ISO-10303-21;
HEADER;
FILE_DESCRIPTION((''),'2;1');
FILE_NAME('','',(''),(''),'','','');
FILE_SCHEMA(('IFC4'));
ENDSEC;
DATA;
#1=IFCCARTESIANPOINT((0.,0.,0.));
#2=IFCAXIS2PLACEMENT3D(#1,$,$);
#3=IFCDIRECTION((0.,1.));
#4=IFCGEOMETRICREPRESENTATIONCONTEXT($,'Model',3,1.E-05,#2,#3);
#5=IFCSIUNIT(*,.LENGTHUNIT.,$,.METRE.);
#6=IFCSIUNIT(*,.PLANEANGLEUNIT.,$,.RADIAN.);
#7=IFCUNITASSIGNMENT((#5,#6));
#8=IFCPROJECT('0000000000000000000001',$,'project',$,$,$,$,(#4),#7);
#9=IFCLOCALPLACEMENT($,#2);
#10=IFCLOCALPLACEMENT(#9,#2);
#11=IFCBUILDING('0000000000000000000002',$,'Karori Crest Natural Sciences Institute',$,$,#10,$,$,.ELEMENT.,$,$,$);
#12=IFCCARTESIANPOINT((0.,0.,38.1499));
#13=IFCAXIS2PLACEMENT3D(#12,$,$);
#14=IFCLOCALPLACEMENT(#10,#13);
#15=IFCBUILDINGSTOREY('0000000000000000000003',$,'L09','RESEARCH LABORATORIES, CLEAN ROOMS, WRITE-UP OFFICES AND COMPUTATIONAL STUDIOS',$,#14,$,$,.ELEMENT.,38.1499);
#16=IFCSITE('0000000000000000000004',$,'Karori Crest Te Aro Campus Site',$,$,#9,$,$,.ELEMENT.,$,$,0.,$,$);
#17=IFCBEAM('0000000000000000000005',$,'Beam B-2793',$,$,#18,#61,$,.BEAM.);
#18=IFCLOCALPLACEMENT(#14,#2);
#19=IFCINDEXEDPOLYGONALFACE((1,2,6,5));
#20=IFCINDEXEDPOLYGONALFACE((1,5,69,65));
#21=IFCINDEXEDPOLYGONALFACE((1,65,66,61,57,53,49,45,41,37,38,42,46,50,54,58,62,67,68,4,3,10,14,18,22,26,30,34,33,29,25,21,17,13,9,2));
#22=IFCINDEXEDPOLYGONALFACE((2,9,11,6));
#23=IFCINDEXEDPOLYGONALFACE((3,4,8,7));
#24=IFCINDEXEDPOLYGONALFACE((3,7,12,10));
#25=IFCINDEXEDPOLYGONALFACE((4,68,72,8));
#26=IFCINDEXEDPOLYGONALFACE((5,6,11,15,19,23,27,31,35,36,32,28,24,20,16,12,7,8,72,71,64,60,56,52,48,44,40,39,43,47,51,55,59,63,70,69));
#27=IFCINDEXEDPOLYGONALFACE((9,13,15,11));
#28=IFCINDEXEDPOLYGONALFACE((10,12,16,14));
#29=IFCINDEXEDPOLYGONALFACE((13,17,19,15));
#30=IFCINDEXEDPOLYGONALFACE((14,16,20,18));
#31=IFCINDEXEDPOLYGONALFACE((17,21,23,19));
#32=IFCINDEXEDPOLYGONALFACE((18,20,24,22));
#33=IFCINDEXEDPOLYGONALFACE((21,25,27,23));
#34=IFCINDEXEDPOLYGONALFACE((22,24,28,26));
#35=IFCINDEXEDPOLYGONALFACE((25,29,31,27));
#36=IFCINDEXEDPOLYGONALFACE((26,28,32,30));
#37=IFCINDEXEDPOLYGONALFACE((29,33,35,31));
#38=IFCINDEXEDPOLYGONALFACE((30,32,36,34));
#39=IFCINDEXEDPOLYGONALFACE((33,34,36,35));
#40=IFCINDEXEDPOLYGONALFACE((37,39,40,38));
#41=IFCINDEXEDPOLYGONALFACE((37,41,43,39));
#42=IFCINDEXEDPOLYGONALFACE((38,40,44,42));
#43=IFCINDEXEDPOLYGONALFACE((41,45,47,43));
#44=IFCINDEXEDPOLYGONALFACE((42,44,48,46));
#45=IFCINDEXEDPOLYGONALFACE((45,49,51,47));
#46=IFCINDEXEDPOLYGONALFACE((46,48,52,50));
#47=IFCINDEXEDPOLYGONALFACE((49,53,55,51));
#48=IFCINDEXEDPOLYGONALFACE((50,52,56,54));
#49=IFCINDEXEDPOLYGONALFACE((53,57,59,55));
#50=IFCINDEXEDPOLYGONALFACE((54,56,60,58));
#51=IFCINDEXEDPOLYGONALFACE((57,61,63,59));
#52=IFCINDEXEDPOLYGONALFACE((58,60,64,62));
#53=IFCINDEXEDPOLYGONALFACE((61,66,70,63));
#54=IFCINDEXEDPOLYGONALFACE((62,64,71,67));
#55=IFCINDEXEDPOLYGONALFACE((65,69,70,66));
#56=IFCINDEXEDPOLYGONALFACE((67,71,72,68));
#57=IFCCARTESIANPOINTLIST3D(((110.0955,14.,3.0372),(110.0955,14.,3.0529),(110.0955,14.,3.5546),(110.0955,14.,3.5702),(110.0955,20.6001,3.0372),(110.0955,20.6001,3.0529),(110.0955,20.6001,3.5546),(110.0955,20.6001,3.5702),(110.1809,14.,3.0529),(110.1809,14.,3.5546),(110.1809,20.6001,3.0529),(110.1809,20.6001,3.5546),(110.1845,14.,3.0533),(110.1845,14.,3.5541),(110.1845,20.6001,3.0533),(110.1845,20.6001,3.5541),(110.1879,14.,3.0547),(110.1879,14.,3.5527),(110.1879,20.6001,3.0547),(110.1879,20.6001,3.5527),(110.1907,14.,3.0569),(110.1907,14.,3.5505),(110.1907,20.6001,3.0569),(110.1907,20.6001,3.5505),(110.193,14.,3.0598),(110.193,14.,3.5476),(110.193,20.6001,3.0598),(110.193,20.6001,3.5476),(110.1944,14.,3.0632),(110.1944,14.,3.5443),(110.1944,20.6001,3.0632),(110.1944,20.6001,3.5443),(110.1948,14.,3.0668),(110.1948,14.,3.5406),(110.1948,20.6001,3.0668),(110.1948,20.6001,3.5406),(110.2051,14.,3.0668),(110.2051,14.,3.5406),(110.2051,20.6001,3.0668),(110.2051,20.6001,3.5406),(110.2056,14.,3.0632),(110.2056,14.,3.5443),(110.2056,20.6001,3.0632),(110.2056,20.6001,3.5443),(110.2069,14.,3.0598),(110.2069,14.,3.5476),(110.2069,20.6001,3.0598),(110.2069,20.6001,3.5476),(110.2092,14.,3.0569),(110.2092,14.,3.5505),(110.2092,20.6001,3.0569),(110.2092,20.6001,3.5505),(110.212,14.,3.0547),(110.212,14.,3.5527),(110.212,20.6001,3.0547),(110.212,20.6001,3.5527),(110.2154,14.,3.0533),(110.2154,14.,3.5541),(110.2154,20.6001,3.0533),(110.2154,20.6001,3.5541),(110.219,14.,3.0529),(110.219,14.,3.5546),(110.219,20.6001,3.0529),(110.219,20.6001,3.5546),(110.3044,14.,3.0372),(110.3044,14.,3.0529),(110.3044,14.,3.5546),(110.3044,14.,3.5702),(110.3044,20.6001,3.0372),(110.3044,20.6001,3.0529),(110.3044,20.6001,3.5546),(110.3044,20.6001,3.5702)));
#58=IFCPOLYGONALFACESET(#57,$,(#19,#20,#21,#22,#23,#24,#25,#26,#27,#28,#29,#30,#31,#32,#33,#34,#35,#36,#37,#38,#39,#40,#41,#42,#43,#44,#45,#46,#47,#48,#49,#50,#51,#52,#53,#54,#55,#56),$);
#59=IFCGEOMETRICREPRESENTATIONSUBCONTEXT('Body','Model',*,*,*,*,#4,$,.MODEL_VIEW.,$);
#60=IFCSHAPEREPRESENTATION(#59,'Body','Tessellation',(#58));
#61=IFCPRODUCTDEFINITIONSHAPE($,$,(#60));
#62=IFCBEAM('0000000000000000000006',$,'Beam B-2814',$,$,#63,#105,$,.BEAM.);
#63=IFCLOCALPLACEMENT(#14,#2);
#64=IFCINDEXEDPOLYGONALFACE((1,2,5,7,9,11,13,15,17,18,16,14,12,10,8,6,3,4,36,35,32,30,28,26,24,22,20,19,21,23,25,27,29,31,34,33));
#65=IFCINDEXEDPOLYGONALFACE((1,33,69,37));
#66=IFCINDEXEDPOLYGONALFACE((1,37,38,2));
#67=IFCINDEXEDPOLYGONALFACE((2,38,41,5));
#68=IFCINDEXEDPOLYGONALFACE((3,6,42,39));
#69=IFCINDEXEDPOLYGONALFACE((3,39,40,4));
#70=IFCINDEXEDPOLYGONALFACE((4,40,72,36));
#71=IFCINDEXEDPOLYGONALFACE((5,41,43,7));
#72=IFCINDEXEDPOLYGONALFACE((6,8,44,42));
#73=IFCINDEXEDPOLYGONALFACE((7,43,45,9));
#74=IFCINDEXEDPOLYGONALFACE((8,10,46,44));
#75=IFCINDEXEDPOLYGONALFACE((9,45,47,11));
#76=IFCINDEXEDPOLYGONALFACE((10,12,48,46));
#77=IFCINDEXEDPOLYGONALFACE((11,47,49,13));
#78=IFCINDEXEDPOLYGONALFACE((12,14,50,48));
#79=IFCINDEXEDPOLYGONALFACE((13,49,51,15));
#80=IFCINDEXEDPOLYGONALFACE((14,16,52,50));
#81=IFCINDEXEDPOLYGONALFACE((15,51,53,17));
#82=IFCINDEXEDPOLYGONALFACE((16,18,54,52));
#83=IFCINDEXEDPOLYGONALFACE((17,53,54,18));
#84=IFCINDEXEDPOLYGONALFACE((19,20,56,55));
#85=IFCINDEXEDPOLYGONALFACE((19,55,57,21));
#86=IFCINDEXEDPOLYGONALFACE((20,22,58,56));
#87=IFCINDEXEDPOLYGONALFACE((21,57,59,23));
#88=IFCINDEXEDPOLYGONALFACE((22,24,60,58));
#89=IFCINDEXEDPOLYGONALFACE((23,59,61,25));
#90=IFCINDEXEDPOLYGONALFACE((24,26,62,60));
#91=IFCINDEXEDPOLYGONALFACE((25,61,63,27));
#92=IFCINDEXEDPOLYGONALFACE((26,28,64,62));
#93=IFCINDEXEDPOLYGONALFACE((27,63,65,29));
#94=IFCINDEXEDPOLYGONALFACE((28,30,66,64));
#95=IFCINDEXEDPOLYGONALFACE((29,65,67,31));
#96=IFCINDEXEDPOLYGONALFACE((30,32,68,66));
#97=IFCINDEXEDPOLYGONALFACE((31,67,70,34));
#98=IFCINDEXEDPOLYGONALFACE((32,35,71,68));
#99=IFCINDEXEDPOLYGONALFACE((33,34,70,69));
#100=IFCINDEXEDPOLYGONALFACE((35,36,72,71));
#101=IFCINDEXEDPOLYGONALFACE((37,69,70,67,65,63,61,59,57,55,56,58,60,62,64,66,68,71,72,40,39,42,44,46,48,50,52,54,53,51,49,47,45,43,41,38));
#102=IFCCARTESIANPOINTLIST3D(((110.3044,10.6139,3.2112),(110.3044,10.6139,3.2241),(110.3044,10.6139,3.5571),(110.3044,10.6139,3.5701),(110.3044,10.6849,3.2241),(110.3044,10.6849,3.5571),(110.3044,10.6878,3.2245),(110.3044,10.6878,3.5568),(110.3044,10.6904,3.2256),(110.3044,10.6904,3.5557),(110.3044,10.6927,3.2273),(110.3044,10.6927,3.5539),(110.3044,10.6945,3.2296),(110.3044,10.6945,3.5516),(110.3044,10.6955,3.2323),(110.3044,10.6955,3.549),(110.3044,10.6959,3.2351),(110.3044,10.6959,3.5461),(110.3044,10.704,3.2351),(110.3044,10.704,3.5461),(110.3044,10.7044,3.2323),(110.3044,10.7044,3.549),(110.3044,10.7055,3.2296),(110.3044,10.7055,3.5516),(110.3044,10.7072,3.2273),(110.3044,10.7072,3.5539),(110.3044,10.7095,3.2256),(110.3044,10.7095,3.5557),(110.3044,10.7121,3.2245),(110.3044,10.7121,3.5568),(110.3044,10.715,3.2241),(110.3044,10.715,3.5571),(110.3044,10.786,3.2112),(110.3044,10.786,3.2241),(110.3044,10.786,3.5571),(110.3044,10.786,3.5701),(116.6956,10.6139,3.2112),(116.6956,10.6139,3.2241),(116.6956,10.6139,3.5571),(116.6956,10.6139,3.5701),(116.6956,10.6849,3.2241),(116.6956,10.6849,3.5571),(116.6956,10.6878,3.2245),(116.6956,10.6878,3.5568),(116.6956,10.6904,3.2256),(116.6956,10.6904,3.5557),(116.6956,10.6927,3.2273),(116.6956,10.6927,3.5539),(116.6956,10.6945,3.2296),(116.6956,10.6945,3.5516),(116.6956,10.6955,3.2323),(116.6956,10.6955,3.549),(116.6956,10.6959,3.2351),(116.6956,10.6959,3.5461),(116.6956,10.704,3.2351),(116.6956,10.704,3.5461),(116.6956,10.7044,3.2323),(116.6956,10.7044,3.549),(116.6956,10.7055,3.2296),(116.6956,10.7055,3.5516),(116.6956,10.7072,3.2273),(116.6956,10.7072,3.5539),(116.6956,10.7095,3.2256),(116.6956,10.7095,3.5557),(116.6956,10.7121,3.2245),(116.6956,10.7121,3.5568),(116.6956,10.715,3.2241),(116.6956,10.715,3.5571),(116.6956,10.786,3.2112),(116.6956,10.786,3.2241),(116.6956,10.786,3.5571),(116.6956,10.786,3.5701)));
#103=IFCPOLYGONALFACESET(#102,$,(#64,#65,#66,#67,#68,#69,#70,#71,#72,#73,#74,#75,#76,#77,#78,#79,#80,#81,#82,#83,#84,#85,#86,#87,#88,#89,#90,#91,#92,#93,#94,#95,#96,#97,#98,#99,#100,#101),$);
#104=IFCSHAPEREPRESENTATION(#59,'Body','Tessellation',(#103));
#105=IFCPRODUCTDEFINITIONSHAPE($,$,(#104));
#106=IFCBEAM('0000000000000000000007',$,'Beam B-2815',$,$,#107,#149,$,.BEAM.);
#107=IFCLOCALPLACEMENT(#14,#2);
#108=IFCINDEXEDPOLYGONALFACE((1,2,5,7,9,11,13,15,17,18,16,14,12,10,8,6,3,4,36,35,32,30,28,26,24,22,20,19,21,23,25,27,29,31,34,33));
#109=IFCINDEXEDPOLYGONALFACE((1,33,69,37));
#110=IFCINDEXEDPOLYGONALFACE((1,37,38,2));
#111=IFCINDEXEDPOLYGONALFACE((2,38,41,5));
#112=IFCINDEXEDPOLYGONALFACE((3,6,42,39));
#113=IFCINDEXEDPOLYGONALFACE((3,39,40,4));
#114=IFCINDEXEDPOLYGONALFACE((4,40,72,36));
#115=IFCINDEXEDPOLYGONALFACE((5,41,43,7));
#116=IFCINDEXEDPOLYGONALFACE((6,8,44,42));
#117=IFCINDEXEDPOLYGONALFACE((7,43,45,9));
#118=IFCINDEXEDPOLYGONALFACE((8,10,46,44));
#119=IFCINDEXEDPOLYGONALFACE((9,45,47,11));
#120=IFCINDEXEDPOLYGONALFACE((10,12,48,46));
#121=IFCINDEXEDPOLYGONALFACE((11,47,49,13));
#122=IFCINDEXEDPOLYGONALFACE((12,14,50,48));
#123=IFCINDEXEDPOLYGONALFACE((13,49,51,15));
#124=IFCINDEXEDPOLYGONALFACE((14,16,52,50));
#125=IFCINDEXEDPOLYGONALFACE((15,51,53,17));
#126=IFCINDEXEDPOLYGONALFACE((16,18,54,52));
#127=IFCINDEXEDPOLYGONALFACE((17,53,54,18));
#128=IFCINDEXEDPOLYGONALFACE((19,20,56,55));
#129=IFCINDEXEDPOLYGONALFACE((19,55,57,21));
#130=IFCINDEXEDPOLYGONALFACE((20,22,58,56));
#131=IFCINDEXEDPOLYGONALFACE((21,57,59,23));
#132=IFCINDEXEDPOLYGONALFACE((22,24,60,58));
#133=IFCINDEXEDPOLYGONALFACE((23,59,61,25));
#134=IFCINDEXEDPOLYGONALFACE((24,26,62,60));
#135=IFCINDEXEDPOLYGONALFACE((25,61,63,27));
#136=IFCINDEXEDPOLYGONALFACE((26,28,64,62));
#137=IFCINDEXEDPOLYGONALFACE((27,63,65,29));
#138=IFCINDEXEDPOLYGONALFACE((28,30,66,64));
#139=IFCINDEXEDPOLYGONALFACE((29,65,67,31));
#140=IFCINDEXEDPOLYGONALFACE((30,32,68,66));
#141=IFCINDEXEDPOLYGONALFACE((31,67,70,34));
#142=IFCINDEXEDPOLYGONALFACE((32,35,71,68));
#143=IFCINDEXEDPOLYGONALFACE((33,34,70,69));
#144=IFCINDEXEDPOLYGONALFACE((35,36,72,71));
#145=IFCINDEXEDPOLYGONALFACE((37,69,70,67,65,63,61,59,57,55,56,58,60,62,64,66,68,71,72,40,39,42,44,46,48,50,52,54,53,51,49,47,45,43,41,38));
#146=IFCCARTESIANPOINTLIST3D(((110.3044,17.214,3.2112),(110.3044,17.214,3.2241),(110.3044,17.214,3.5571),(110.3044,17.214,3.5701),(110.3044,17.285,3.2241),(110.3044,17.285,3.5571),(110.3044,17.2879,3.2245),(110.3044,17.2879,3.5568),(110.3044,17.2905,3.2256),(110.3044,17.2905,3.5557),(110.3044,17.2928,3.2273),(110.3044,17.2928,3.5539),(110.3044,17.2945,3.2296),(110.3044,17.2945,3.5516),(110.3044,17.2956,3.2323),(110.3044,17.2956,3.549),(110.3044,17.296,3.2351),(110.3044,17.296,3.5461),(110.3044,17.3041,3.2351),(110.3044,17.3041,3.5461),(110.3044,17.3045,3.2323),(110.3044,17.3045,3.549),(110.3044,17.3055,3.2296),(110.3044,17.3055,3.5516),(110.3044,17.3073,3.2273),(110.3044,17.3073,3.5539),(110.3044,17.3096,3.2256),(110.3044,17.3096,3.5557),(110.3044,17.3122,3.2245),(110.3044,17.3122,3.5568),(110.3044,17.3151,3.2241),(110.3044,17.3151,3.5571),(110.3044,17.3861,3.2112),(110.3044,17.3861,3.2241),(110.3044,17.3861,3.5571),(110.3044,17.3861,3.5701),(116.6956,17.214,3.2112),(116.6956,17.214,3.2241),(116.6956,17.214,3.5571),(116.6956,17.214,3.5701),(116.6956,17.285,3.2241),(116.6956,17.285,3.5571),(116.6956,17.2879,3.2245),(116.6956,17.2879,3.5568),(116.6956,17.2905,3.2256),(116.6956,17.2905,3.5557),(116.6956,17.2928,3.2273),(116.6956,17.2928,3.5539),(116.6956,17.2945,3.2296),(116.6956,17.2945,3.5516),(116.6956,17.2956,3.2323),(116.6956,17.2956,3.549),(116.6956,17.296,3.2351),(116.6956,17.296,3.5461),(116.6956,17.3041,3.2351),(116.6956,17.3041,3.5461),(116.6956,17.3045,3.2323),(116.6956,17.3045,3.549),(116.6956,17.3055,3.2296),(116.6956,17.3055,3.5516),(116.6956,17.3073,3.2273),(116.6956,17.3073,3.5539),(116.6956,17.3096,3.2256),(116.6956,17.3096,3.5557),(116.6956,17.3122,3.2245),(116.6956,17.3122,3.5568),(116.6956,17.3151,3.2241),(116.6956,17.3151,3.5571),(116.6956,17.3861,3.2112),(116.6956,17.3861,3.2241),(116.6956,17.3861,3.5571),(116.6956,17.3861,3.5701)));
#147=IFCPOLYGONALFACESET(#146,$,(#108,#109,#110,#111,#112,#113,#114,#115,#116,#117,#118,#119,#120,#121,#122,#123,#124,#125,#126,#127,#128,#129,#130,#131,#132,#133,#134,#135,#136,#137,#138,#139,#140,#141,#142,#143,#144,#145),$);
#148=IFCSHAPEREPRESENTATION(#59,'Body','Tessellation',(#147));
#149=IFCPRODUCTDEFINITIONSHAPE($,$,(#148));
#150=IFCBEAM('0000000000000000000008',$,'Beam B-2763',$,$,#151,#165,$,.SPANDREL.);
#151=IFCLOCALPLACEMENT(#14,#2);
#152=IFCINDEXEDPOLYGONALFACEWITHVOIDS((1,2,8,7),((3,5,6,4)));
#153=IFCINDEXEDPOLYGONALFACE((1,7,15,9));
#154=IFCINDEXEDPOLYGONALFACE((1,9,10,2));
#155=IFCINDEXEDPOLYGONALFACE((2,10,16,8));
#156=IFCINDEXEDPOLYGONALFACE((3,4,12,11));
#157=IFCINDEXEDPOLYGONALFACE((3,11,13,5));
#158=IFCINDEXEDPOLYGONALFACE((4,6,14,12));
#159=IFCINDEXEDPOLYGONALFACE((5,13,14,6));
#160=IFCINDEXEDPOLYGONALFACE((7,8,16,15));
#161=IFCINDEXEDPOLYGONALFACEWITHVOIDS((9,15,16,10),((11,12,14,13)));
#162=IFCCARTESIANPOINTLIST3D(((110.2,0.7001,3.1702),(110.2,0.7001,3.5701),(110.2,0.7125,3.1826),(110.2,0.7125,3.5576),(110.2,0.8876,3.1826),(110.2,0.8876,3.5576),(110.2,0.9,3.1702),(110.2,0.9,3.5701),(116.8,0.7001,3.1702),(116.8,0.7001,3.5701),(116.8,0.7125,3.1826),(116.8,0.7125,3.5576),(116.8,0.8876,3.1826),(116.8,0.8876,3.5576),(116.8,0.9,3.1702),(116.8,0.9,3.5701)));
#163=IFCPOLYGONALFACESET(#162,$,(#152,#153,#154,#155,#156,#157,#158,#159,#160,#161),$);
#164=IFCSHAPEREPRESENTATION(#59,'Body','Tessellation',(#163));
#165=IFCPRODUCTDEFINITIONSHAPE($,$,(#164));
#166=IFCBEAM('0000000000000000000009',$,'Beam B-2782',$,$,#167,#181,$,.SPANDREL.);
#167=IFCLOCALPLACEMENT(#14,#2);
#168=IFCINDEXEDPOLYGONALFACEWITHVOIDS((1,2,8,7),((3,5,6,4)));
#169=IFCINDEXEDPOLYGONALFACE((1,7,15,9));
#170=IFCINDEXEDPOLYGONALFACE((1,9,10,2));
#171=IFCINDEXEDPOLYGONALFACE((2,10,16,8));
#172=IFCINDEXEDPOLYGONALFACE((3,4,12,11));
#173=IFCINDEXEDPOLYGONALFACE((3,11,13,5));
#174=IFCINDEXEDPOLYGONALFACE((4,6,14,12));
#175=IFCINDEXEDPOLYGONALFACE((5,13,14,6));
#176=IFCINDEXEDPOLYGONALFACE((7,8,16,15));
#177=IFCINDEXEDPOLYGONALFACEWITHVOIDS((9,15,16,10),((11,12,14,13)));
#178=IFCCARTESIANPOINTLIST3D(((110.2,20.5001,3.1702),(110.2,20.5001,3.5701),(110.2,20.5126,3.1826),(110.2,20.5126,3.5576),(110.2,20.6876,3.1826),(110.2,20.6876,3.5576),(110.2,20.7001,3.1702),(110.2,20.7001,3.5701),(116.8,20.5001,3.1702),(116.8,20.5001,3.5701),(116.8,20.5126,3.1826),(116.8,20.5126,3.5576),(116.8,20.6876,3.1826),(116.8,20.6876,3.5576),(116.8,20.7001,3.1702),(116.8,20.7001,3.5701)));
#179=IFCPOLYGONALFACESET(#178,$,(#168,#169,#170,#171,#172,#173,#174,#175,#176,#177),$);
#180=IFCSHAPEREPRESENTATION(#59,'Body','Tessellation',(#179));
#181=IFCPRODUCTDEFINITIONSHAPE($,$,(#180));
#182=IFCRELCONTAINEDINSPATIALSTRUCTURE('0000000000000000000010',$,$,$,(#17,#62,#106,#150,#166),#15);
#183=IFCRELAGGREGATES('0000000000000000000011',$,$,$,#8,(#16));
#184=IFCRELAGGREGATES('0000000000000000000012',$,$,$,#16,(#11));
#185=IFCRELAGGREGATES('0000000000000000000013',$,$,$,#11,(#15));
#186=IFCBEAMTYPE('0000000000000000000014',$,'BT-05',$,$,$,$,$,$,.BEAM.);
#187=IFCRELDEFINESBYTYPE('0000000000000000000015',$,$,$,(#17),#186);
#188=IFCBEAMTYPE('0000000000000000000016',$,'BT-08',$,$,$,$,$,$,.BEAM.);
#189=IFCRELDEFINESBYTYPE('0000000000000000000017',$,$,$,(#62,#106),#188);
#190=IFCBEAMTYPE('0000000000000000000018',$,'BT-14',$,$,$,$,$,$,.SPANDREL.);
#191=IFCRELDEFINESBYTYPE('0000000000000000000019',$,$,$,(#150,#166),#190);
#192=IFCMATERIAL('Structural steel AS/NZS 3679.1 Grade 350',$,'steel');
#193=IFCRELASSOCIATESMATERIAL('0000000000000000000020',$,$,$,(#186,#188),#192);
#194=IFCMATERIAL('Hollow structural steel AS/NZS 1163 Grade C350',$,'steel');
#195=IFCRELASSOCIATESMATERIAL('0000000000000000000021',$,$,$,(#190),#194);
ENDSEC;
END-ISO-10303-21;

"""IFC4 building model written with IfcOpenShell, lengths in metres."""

from ifc_helpers import new_model, si_unit, direction, frame, origin, origin_2d, place, context, subcontext, project, spatial, hollow_rectangle, i_section, extrude, material, material_profile, profile_set, type_object, element, save


model = new_model("IFC4")

# Units and contexts
model_context = context("Model", 3, precision=1e-05, world=origin(), true_north=direction((0.0, 1.0)))
body_context = subcontext(model_context, "Body", "Model", "MODEL_VIEW")
ifc_project = project(units=[si_unit("LENGTHUNIT", "METRE"), si_unit("PLANEANGLEUNIT", "RADIAN")], contexts=[model_context])

# Site, building, storey
site_placement = place(None, origin())
site = spatial("IfcSite", under=ifc_project, at=site_placement, Name="Karori Crest Te Aro Campus Site", CompositionType="ELEMENT", RefElevation=0.0)
building_placement = place(site_placement, origin())
building = spatial("IfcBuilding", under=site, at=building_placement, Name="Karori Crest Natural Sciences Institute", CompositionType="ELEMENT")
storey_placement = place(building_placement, frame((0.0, 0.0, 38.1499)))
storey = spatial("IfcBuildingStorey", under=building, at=storey_placement, Name="L09", Description="RESEARCH LABORATORIES, CLEAN ROOMS, WRITE-UP OFFICES AND COMPUTATIONAL STUDIOS", CompositionType="ELEMENT", Elevation=38.1499)

# Shared definitions
ifc_material_1 = material(Name="Structural steel AS/NZS 3679.1 Grade 350", Category="steel")

# Beams
ifc_material_profile_1 = material_profile(ifc_material_1, i_section(OverallWidth=0.209, OverallDepth=0.533, WebThickness=0.0103, FlangeThickness=0.0156, FilletRadius=0.0139, at=origin_2d()), Name="530UB92.4")
ifc_profile_set_1 = profile_set([ifc_material_profile_1], Name="Structural steel AS/NZS 3679.1 Grade 350")
beam_type_1 = type_object("IfcBeamType", Name="BT-05", PredefinedType="BEAM", material=ifc_profile_set_1)
for number, where, z_axis, x_axis, name in (
    (1, (110.2, 14.0, 3.3037), (0.0, 1.0, 0.0), (-1.0, 0.0, 0.0), "Beam B-2793"),
):
    element("IfcBeam", number, at=place(storey_placement, frame(where, z_axis=z_axis, x_axis=x_axis)), inside=storey, type_object=beam_type_1, Name=name, PredefinedType="BEAM", context=body_context, shape_type="SweptSolid", body=[
        extrude(i_section(OverallWidth=0.209, OverallDepth=0.533, WebThickness=0.0103, FlangeThickness=0.0156, FilletRadius=0.0139, at=origin_2d()), origin(), (0.0, 0.0, 1.0), 6.6001),
    ])
ifc_material_profile_2 = material_profile(ifc_material_1, i_section(OverallWidth=0.1721, OverallDepth=0.3589, WebThickness=0.0081, FlangeThickness=0.0129, FilletRadius=0.011, at=origin_2d()), Name="360UB56.7")
ifc_profile_set_2 = profile_set([ifc_material_profile_2], Name="Structural steel AS/NZS 3679.1 Grade 350")
beam_type_2 = type_object("IfcBeamType", Name="BT-08", PredefinedType="BEAM", material=ifc_profile_set_2)
for number, where, z_axis, x_axis, name in (
    (2, (110.3044, 10.7, 3.3906), (1.0, 0.0, 0.0), (0.0, 1.0, 0.0), "Beam B-2814"),
    (3, (110.3044, 17.3, 3.3906), (1.0, 0.0, 0.0), (0.0, 1.0, 0.0), "Beam B-2815"),
):
    element("IfcBeam", number, at=place(storey_placement, frame(where, z_axis=z_axis, x_axis=x_axis)), inside=storey, type_object=beam_type_2, Name=name, PredefinedType="BEAM", context=body_context, shape_type="SweptSolid", body=[
        extrude(i_section(OverallWidth=0.1721, OverallDepth=0.3589, WebThickness=0.0081, FlangeThickness=0.0129, FilletRadius=0.011, at=origin_2d()), origin(), (0.0, 0.0, 1.0), 6.3911),
    ])
ifc_material_2 = material(Name="Hollow structural steel AS/NZS 1163 Grade C350", Category="steel")
ifc_material_profile_3 = material_profile(ifc_material_2, hollow_rectangle(XDim=0.2, YDim=0.3999, WallThickness=0.0125, at=origin_2d()), Name="RHS400x200x12.5")
ifc_profile_set_3 = profile_set([ifc_material_profile_3], Name="Hollow structural steel AS/NZS 1163 Grade C350")
beam_type_3 = type_object("IfcBeamType", Name="BT-14", PredefinedType="SPANDREL", material=ifc_profile_set_3)
for number, where, z_axis, x_axis, name in (
    (4, (110.2, 0.8, 3.3701), (1.0, 0.0, 0.0), (0.0, 1.0, 0.0), "Beam B-2763"),
    (5, (110.2, 20.6001, 3.3701), (1.0, 0.0, 0.0), (0.0, 1.0, 0.0), "Beam B-2782"),
):
    element("IfcBeam", number, at=place(storey_placement, frame(where, z_axis=z_axis, x_axis=x_axis)), inside=storey, type_object=beam_type_3, Name=name, PredefinedType="SPANDREL", context=body_context, shape_type="SweptSolid", body=[
        extrude(hollow_rectangle(XDim=0.2, YDim=0.3999, WallThickness=0.0125, at=origin_2d()), origin(), (0.0, 0.0, 1.0), 6.6001),
    ])

save(model, "model.ifc")
